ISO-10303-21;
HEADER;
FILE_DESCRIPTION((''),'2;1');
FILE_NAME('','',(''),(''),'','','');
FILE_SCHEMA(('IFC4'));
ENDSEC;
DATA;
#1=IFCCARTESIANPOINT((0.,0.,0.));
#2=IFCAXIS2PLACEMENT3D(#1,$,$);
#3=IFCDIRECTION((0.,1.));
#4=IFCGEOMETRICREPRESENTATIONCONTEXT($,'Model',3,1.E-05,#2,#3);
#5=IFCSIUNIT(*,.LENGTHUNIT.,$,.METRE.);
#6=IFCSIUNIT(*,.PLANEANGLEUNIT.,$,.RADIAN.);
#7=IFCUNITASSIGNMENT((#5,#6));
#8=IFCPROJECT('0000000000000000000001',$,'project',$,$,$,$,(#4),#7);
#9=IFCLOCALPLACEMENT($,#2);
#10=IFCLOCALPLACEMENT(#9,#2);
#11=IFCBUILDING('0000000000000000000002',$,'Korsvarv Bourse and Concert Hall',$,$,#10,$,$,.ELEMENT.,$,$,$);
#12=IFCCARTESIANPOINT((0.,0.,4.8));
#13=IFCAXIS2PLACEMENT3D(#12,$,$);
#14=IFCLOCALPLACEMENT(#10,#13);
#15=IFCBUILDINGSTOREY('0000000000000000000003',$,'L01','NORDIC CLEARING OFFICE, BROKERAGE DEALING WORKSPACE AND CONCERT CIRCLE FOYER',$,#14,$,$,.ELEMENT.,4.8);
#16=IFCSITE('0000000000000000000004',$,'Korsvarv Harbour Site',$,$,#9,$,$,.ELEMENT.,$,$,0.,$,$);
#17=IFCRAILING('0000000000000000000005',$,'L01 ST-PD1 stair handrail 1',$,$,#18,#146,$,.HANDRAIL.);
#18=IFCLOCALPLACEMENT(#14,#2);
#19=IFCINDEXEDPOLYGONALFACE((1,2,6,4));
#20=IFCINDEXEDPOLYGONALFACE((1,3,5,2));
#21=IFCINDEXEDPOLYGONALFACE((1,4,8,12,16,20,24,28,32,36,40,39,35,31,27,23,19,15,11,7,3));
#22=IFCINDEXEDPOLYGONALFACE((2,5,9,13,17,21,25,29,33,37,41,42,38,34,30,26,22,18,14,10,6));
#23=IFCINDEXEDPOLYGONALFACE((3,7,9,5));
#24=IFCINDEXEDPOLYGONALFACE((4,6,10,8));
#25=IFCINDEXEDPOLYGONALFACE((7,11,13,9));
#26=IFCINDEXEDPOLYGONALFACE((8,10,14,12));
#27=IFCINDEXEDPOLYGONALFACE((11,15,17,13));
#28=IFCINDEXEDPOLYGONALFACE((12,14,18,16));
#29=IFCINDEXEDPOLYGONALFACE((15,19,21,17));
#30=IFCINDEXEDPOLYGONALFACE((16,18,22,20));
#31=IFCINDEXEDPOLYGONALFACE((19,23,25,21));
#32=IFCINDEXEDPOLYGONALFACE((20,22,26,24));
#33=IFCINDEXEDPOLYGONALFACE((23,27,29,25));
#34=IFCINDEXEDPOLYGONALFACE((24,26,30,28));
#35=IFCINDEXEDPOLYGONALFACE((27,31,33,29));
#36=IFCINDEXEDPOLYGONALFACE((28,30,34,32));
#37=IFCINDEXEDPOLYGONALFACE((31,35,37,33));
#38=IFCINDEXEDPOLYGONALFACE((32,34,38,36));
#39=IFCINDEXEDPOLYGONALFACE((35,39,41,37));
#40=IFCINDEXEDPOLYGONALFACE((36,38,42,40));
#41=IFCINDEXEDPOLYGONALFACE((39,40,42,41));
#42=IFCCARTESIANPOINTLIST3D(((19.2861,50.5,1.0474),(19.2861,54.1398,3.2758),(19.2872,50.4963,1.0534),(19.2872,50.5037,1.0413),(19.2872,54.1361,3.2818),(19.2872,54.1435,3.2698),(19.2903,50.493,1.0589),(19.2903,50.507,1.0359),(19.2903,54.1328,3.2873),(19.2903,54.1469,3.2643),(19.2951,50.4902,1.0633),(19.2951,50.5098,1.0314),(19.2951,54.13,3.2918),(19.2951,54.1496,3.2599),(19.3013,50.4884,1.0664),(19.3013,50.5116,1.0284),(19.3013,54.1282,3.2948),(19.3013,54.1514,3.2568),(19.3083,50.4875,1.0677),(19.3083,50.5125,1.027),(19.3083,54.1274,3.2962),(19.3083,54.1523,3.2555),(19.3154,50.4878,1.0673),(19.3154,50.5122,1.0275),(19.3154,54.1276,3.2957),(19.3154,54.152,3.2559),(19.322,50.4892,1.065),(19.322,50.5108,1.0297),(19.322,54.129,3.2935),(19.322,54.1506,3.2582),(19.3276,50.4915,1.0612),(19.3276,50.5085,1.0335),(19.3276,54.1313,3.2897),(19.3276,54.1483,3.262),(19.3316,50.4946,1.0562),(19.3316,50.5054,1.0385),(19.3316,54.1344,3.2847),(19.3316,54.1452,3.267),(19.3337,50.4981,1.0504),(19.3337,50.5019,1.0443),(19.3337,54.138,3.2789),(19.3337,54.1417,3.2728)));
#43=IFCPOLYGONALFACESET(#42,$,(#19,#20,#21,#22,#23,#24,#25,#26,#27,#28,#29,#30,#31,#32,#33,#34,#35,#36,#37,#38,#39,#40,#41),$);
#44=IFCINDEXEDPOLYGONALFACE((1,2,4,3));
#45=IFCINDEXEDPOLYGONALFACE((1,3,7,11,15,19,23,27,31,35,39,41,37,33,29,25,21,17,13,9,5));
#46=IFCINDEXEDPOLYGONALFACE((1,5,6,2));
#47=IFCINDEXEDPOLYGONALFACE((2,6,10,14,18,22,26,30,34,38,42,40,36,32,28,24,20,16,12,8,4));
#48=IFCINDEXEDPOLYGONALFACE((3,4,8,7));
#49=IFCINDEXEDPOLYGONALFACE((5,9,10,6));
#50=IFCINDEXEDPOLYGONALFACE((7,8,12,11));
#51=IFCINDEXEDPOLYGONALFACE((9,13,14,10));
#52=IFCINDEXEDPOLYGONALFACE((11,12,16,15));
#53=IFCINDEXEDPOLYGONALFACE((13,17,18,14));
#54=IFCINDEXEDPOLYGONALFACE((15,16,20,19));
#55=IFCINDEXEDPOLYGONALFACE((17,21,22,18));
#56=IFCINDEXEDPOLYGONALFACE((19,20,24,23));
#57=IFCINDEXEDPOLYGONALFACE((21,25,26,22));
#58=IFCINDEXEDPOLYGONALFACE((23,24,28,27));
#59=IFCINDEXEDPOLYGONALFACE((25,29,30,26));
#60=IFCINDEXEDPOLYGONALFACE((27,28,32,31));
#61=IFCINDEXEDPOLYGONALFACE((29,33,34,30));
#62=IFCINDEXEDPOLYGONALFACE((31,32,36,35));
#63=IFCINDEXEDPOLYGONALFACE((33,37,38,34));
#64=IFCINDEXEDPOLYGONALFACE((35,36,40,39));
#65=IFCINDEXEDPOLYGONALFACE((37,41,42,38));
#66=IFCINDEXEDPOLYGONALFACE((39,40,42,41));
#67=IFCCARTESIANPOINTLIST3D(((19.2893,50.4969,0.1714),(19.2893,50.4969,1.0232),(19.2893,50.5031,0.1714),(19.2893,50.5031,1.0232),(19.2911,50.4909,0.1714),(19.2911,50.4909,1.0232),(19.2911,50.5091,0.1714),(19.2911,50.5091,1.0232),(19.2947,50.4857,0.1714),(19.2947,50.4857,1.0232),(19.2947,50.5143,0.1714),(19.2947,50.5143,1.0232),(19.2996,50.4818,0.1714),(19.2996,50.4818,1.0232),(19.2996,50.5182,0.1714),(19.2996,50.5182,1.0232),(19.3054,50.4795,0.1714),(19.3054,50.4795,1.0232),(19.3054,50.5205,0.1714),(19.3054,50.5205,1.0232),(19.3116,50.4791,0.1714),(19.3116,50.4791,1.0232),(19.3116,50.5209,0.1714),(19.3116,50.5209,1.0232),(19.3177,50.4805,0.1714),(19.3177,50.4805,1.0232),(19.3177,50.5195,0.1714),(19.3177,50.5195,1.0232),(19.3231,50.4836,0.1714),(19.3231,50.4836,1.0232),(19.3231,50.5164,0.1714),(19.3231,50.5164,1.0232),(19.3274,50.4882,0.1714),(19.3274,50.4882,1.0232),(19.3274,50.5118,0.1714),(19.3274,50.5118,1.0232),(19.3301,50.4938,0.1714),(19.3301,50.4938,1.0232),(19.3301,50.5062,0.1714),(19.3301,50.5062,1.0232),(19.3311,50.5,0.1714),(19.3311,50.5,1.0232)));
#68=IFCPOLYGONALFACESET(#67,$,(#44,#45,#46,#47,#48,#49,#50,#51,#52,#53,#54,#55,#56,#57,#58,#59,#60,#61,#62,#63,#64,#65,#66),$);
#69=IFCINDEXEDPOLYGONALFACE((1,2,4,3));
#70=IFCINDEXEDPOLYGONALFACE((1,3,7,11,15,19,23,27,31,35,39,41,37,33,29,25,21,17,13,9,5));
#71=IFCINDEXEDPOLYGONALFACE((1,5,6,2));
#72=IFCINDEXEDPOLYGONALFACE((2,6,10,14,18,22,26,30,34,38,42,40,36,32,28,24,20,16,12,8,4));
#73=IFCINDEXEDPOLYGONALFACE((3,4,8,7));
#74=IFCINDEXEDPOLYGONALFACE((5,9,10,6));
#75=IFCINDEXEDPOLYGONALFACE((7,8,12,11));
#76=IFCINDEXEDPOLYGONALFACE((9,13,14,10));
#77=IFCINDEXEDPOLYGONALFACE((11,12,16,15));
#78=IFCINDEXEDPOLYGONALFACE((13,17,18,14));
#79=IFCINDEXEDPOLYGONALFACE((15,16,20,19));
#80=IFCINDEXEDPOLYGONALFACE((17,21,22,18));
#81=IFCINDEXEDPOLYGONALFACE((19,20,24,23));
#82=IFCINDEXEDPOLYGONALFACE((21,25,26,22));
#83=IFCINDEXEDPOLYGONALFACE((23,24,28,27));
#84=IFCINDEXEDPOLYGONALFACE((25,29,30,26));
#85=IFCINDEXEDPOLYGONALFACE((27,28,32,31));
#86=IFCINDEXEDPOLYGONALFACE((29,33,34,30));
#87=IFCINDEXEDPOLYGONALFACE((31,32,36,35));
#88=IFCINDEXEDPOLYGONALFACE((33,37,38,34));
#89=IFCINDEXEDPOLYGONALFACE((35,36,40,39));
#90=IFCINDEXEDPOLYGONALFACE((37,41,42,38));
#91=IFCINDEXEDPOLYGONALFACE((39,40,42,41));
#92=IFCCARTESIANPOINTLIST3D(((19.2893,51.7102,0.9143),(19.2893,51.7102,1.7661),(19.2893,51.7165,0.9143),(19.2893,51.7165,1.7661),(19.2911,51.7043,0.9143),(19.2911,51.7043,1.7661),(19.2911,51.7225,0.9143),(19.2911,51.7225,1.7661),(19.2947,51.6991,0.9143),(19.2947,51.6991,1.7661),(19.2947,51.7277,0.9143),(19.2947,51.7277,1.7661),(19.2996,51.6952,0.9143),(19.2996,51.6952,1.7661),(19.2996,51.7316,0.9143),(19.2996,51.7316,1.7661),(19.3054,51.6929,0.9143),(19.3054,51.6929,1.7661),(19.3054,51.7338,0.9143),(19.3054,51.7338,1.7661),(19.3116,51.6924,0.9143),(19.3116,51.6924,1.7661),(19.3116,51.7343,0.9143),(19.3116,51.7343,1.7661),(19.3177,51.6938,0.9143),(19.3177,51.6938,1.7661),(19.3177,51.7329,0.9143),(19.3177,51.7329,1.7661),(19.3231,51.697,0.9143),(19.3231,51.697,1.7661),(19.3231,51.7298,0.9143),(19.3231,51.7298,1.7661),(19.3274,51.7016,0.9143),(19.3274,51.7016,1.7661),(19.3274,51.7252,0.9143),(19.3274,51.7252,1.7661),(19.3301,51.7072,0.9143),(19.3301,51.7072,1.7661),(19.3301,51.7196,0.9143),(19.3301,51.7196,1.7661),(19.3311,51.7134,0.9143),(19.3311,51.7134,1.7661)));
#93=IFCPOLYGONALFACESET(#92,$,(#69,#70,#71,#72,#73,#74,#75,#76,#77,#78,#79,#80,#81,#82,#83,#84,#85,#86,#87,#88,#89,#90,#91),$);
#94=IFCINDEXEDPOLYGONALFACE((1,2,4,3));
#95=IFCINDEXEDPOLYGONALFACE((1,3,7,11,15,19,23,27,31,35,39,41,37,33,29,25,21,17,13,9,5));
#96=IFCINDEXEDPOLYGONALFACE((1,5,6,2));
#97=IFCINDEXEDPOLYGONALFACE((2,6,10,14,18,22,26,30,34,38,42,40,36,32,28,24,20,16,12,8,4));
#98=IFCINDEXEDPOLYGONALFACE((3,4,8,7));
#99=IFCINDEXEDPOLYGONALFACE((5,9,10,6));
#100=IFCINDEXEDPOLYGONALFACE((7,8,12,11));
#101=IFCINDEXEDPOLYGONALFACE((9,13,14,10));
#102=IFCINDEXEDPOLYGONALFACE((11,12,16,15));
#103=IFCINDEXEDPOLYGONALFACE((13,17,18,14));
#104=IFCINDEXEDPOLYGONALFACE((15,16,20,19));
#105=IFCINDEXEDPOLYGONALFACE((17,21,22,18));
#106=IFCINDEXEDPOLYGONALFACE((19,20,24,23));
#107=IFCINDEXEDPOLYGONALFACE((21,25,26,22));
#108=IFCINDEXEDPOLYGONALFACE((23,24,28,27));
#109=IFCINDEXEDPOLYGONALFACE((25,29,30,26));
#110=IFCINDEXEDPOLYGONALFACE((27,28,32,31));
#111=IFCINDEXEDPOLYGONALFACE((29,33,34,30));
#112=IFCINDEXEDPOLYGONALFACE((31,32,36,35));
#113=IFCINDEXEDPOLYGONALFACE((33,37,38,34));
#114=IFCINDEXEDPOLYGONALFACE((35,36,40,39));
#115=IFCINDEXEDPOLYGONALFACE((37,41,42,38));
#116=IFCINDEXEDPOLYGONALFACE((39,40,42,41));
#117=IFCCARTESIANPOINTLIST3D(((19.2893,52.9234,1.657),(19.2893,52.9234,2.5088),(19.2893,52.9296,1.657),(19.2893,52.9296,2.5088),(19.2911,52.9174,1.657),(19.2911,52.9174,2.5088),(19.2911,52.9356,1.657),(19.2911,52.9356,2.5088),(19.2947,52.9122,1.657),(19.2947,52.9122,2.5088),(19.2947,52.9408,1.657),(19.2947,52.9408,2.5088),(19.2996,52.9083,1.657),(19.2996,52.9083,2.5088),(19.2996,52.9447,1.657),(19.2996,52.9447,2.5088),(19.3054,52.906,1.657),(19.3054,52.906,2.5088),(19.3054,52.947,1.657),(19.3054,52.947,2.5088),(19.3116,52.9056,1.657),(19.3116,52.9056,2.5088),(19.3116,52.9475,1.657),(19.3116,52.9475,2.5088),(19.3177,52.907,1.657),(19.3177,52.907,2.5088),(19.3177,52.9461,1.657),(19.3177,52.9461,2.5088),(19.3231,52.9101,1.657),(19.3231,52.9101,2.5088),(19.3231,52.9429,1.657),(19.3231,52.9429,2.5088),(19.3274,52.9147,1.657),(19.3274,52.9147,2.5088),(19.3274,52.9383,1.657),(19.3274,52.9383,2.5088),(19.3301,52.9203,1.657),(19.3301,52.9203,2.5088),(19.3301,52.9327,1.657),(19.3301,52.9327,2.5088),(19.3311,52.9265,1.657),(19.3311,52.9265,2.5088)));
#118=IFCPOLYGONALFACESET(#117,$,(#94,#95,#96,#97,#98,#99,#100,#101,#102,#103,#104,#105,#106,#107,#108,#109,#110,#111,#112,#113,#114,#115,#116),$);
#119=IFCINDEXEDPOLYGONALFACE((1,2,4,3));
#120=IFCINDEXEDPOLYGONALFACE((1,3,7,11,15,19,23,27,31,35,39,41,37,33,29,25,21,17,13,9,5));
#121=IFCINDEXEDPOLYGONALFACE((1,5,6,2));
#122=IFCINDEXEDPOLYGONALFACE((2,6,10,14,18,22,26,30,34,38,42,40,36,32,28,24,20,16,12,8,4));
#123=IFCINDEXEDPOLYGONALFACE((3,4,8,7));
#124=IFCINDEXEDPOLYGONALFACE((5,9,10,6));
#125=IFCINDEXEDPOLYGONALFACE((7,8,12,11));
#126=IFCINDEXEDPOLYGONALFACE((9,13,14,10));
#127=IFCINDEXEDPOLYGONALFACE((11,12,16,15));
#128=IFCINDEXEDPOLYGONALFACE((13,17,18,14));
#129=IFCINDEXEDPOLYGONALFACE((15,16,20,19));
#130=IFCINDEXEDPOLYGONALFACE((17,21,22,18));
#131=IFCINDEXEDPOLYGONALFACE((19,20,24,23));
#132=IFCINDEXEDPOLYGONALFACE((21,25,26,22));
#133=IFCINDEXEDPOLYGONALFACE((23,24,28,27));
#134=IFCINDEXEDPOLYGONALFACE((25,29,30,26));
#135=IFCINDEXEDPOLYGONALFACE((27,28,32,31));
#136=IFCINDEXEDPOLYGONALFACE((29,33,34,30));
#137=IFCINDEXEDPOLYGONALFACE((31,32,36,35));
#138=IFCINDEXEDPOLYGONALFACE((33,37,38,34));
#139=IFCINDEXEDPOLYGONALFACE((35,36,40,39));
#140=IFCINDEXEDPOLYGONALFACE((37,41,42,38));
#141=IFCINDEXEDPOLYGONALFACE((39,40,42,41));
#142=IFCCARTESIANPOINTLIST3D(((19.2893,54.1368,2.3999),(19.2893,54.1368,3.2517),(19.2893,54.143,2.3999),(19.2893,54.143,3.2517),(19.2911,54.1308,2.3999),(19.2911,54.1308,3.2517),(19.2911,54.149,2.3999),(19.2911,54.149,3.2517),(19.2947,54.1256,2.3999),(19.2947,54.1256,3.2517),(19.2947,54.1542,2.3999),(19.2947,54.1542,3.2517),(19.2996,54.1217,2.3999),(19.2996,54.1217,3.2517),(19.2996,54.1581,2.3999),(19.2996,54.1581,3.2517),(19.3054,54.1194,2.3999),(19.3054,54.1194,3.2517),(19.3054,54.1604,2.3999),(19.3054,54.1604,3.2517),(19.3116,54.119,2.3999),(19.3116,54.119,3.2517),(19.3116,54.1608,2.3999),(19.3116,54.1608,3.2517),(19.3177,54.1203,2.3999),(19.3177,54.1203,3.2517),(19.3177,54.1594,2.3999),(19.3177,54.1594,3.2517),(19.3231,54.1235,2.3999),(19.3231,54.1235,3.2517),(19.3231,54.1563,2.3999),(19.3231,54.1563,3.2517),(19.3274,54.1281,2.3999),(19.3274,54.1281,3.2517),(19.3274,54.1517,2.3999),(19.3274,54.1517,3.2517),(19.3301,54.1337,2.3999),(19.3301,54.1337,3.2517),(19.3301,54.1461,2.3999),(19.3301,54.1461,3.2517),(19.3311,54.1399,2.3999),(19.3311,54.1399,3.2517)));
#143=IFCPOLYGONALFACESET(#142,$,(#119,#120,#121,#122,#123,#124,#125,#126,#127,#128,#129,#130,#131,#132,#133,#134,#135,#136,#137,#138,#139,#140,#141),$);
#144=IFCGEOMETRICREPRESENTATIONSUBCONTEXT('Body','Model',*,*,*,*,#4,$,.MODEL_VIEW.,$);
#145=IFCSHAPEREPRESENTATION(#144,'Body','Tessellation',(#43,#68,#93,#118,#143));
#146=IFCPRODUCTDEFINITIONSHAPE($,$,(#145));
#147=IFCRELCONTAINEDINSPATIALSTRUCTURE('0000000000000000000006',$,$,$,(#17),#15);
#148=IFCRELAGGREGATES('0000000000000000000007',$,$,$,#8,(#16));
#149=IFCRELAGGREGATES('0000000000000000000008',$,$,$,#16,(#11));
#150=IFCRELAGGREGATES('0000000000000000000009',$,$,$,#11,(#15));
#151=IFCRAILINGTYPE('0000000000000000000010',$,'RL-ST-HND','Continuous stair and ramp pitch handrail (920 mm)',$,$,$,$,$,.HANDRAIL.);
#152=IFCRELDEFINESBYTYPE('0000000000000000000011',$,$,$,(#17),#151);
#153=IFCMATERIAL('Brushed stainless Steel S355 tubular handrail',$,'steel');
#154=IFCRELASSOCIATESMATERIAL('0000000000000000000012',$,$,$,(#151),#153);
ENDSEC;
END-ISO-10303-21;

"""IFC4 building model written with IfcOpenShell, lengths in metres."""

from ifc_helpers import new_model, si_unit, direction, frame, origin, origin_2d, place, context, subcontext, project, spatial, circle, extrude, material, type_object, element, save


model = new_model("IFC4")

# Units and contexts
model_context = context("Model", 3, precision=1e-05, world=origin(), true_north=direction((0.0, 1.0)))
body_context = subcontext(model_context, "Body", "Model", "MODEL_VIEW")
ifc_project = project(units=[si_unit("LENGTHUNIT", "METRE"), si_unit("PLANEANGLEUNIT", "RADIAN")], contexts=[model_context])

# Site, building, storey
site_placement = place(None, origin())
site = spatial("IfcSite", under=ifc_project, at=site_placement, Name="Korsvarv Harbour Site", CompositionType="ELEMENT", RefElevation=0.0)
building_placement = place(site_placement, origin())
building = spatial("IfcBuilding", under=site, at=building_placement, Name="Korsvarv Bourse and Concert Hall", CompositionType="ELEMENT")
storey_placement = place(building_placement, frame((0.0, 0.0, 4.8)))
storey = spatial("IfcBuildingStorey", under=building, at=storey_placement, Name="L01", Description="NORDIC CLEARING OFFICE, BROKERAGE DEALING WORKSPACE AND CONCERT CIRCLE FOYER", CompositionType="ELEMENT", Elevation=4.8)

# Railing
ifc_material_1 = material(Name="Brushed stainless Steel S355 tubular handrail", Category="steel")
railing_type_1 = type_object("IfcRailingType", Name="RL-ST-HND", Description="Continuous stair and ramp pitch handrail (920 mm)", PredefinedType="HANDRAIL", material=ifc_material_1)
railing_1_placement = place(storey_placement, frame((19.3101, 50.5, 0.1714)))
element("IfcRailing", 1, at=railing_1_placement, inside=storey, type_object=railing_type_1, Name="L01 ST-PD1 stair handrail 1", PredefinedType="HANDRAIL", context=body_context, shape_type="SweptSolid", body=[
    extrude(circle(Radius=0.0239, at=origin_2d()), frame((0.0, 0.0, 0.876), z_axis=(0.0, 0.85285, 0.522156), x_axis=(-1.0, 0.0, 0.0)), (0.0, 0.0, 1.0), 4.2678),
    extrude(circle(Radius=0.021, at=origin_2d()), origin(), (0.0, 0.0, 1.0), 0.8518),
    extrude(circle(Radius=0.021, at=origin_2d()), frame((0.0, 1.2134, 0.7429)), (0.0, 0.0, 1.0), 0.8518),
    extrude(circle(Radius=0.021, at=origin_2d()), frame((0.0, 2.4265, 1.4856)), (0.0, 0.0, 1.0), 0.8518),
    extrude(circle(Radius=0.021, at=origin_2d()), frame((0.0, 3.6399, 2.2285)), (0.0, 0.0, 1.0), 0.8518),
])

save(model, "model.ifc")
